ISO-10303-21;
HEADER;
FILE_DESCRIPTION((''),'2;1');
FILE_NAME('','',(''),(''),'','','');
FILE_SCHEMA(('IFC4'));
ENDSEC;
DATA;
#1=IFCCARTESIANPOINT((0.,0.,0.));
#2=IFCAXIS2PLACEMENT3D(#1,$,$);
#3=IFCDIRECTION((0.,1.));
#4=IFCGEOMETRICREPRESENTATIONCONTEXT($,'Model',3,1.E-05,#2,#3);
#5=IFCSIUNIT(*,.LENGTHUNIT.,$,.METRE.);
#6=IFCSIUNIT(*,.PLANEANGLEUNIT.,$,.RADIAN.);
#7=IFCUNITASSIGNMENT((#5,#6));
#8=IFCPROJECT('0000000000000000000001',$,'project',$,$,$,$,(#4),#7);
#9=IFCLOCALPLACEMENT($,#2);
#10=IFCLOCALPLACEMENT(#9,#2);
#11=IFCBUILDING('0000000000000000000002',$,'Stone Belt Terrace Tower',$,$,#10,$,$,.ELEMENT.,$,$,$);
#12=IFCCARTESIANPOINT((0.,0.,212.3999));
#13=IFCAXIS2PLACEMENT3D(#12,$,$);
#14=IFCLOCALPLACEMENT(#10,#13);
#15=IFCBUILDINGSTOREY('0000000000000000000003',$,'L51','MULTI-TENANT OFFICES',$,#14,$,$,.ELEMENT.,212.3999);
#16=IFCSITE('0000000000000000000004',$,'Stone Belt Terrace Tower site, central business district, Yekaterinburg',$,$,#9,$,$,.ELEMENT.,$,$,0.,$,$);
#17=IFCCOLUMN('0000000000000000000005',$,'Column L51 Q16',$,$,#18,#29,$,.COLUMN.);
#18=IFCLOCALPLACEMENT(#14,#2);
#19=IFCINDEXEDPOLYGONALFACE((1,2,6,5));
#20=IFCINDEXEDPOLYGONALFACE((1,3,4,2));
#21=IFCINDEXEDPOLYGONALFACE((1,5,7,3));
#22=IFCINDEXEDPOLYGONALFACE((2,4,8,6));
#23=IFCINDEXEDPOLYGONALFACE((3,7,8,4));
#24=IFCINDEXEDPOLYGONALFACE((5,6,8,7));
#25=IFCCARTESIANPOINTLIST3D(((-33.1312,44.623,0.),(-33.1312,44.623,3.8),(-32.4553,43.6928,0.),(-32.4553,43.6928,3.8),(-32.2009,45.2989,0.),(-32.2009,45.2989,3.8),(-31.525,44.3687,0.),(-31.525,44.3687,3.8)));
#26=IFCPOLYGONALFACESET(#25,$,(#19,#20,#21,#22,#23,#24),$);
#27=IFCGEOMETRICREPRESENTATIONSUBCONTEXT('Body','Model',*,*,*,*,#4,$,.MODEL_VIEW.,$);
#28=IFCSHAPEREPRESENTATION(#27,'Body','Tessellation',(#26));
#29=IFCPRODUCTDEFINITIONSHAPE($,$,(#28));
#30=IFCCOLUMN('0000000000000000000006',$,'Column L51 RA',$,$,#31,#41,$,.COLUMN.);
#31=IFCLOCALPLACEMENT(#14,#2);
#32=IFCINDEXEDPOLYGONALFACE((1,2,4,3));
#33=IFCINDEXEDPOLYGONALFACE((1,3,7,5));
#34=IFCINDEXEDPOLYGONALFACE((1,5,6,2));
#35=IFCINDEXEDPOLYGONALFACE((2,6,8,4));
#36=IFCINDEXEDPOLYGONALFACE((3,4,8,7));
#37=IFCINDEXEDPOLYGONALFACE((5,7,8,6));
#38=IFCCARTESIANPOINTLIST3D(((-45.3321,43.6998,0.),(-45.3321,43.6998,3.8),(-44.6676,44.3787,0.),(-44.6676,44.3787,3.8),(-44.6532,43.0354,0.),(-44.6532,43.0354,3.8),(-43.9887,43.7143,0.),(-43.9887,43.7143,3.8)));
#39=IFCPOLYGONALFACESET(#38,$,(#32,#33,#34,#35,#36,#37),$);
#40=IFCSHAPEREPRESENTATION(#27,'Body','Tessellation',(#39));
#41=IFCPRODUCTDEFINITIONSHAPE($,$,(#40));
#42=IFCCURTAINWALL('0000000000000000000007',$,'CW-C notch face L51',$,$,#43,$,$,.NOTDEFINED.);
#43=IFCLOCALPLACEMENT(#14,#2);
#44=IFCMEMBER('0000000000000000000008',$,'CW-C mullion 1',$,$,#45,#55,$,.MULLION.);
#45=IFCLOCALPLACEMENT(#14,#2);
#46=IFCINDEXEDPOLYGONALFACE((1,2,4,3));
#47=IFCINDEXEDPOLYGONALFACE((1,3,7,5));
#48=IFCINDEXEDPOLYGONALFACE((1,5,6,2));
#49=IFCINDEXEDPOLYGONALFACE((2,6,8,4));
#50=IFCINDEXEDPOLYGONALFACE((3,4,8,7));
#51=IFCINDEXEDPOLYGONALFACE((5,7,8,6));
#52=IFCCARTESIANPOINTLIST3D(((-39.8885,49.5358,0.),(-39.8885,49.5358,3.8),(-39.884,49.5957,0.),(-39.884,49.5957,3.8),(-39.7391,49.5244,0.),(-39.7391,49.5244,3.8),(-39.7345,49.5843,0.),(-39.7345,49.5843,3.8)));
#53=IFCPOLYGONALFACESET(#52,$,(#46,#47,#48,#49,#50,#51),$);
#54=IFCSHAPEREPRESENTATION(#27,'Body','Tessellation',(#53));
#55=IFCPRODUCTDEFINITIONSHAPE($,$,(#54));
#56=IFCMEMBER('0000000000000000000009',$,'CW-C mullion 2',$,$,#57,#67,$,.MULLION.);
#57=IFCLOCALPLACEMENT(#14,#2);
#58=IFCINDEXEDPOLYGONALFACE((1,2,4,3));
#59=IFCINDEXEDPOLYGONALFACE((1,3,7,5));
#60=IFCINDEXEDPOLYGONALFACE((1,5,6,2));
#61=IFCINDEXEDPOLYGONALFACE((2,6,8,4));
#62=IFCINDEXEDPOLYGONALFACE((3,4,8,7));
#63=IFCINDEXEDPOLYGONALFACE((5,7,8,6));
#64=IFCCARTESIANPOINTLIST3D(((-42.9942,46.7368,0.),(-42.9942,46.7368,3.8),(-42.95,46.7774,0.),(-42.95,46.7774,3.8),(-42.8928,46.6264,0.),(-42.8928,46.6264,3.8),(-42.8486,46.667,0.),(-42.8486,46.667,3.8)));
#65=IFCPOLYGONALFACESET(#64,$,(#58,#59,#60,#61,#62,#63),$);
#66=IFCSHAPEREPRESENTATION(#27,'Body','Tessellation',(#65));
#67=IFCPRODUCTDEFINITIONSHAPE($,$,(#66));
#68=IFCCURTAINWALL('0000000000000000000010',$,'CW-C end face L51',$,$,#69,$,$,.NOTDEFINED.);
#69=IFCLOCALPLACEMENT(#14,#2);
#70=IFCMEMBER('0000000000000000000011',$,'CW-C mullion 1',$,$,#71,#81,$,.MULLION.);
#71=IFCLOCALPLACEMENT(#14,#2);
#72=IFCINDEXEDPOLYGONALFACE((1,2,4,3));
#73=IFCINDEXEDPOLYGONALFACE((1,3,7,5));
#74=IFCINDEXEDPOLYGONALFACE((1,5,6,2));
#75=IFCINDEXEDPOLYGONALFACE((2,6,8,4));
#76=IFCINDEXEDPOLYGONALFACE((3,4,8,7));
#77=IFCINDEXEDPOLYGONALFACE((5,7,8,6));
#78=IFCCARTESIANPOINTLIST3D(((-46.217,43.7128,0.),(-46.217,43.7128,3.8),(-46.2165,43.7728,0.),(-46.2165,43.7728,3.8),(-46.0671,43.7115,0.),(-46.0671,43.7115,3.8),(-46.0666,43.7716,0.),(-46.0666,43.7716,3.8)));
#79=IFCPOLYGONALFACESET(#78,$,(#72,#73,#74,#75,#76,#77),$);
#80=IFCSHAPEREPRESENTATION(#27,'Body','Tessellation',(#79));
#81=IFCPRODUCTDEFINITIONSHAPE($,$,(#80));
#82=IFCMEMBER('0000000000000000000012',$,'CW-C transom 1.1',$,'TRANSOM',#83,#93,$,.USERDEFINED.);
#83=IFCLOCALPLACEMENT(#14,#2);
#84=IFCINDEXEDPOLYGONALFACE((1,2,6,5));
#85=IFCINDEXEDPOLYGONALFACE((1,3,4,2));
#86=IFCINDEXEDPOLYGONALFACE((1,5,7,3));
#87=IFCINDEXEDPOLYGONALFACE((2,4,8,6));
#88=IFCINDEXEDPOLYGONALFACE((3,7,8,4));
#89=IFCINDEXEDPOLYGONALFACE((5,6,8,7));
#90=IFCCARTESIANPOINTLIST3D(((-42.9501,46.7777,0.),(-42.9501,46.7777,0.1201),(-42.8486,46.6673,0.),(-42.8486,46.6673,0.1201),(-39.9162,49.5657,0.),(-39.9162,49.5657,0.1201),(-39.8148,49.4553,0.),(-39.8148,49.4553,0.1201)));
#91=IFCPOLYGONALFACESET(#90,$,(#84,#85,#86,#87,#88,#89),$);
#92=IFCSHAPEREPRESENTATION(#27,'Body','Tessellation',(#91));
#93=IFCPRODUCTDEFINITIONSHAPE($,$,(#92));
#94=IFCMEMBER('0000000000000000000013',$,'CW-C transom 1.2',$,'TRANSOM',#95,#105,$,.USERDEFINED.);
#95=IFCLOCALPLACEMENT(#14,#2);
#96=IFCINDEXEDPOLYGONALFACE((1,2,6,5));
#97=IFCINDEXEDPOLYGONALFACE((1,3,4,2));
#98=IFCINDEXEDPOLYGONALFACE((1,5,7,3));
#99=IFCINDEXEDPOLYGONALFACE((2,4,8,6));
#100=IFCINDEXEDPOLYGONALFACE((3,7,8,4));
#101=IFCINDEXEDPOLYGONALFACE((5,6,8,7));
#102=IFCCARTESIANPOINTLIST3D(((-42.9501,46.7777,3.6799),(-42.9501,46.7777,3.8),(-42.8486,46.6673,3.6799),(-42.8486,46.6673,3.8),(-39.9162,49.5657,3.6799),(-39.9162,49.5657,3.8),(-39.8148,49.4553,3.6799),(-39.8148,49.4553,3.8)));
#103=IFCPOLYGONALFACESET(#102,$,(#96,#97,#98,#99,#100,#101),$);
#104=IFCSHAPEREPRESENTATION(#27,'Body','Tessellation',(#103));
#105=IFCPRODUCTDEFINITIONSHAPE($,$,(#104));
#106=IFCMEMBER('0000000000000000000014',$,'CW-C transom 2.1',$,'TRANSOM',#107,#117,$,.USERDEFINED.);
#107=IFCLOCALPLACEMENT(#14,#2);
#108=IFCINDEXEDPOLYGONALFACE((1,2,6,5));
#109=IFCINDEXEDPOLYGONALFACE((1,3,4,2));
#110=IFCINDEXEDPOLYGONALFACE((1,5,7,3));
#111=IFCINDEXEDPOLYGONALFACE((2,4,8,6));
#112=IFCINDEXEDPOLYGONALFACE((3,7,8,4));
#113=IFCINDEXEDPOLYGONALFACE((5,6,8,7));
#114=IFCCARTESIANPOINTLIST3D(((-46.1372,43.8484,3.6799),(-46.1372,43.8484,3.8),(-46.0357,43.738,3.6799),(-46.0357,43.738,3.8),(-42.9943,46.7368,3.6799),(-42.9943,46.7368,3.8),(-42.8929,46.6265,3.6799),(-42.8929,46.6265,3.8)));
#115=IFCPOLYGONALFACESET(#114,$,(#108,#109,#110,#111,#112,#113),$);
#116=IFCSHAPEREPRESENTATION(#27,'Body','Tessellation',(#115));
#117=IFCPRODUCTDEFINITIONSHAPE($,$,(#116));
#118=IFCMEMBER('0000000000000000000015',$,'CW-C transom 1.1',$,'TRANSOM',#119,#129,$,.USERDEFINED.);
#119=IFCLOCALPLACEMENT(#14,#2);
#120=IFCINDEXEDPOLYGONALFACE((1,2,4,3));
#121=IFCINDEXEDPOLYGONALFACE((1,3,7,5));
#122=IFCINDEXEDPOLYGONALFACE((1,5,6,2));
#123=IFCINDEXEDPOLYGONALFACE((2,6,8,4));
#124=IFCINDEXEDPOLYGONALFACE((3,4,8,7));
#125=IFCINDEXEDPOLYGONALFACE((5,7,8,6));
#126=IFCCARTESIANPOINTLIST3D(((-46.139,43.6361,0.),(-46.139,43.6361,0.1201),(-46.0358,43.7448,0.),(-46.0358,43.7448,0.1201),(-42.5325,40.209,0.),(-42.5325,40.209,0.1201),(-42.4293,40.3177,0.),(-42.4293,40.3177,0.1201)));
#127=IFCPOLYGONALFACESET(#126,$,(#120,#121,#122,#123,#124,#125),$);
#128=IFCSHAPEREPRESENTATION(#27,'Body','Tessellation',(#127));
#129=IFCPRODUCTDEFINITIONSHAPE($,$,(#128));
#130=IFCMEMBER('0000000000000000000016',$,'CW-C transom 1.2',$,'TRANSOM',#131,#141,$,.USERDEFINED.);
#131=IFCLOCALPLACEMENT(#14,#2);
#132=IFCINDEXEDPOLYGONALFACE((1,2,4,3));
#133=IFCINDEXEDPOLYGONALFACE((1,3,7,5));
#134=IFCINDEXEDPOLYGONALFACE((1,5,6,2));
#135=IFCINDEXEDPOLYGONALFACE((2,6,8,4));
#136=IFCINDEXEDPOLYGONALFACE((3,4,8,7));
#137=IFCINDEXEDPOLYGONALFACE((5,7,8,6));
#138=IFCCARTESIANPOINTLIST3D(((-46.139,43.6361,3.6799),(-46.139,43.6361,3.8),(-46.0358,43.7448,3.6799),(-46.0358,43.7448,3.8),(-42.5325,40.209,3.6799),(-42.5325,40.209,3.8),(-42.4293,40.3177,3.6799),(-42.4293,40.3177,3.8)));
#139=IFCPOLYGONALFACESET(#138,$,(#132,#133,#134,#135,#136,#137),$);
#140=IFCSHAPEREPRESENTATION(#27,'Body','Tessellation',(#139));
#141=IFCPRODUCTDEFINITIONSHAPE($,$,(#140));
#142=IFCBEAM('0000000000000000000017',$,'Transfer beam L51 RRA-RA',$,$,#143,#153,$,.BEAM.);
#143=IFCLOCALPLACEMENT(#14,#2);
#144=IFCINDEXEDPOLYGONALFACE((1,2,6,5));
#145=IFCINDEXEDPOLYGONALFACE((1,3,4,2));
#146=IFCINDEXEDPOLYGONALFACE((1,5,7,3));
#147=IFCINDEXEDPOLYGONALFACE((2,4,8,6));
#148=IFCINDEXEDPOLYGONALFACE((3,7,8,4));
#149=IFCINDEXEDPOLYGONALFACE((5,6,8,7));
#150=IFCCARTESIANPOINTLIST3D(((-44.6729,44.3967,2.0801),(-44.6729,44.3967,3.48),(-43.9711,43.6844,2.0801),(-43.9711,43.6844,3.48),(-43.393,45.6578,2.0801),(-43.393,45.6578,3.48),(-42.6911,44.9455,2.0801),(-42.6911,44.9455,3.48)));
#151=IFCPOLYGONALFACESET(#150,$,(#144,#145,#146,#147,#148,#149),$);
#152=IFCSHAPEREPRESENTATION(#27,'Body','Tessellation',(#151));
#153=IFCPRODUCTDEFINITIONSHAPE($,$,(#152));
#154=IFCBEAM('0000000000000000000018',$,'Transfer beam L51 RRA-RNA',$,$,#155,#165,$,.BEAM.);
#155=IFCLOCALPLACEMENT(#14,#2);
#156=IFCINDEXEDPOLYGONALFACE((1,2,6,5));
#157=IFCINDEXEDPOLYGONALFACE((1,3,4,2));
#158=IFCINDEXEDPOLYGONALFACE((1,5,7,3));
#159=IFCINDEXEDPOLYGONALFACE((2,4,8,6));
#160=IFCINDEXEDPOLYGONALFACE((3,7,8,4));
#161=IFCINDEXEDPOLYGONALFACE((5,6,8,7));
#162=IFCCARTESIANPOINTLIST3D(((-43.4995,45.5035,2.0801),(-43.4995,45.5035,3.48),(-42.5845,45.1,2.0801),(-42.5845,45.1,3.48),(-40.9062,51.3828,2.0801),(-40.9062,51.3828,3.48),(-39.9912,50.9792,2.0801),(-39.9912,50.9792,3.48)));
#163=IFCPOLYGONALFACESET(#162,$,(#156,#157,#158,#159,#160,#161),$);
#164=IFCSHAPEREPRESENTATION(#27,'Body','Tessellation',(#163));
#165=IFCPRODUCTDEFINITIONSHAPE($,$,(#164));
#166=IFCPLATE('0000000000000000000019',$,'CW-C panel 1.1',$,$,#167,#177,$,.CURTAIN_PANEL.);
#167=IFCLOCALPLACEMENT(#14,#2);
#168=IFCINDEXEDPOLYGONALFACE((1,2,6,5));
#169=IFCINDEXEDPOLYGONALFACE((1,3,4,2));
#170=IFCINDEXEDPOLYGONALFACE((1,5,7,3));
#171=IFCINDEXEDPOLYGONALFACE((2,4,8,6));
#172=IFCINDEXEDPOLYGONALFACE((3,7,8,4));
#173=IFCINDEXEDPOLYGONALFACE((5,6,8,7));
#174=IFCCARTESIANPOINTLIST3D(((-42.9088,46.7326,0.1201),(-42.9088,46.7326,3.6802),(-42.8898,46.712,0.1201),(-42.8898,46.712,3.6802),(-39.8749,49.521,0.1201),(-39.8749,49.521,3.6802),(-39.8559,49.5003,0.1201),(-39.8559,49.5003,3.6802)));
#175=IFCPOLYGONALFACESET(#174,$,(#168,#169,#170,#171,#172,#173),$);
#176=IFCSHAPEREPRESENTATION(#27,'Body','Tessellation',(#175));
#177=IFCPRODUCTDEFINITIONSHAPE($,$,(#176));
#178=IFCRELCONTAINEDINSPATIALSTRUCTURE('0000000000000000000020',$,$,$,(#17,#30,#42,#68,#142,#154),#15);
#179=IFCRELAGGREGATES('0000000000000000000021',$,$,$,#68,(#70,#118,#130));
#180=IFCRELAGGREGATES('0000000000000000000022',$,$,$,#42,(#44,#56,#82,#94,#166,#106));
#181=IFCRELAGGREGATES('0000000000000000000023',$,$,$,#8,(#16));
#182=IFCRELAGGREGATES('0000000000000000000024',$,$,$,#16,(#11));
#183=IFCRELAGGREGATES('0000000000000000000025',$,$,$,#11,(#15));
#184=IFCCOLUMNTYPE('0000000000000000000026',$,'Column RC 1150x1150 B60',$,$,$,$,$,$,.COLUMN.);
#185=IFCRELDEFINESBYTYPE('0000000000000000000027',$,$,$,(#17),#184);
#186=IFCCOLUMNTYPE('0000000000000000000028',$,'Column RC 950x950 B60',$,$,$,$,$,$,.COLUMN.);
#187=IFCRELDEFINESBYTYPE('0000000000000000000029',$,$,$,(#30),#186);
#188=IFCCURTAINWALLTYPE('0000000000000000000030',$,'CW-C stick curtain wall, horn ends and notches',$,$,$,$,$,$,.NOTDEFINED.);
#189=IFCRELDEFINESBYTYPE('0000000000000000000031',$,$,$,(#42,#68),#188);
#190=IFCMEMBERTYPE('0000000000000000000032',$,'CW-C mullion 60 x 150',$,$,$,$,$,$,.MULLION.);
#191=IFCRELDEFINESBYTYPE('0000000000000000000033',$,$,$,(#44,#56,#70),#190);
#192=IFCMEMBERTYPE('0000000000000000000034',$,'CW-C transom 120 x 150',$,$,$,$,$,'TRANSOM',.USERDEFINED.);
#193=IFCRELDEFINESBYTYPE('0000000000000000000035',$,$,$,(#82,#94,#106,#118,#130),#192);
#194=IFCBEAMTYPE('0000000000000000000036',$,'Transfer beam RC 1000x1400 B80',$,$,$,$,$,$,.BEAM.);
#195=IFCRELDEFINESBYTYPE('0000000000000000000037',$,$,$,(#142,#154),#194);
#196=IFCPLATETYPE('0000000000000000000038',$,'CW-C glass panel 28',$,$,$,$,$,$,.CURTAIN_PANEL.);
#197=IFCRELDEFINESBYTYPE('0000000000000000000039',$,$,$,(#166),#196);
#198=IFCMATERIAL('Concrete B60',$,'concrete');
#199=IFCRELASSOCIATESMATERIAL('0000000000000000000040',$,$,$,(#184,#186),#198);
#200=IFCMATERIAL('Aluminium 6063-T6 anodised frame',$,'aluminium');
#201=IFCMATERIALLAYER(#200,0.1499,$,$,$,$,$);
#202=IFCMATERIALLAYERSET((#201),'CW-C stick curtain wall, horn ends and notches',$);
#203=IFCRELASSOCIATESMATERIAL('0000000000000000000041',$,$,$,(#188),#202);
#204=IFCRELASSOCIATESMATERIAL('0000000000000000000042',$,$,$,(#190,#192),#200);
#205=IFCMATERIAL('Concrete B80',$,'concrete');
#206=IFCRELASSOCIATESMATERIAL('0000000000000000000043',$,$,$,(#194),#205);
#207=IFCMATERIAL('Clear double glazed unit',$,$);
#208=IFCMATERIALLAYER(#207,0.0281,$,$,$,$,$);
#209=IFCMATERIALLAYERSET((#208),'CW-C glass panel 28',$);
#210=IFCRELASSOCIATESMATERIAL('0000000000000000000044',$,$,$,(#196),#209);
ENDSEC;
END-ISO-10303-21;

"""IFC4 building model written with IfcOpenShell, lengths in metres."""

from ifc_helpers import new_model, si_unit, direction, frame, origin, origin_2d, place, context, subcontext, project, spatial, rectangle, extrude, material, layer, layer_set, material_profile, profile_set, type_object, element, aggregate, save


model = new_model("IFC4")

# Units and contexts
model_context = context("Model", 3, precision=1e-05, world=origin(), true_north=direction((0.0, 1.0)))
body_context = subcontext(model_context, "Body", "Model", "MODEL_VIEW")
ifc_project = project(units=[si_unit("LENGTHUNIT", "METRE"), si_unit("PLANEANGLEUNIT", "RADIAN")], contexts=[model_context])

# Site, building, storey
site_placement = place(None, origin())
site = spatial("IfcSite", under=ifc_project, at=site_placement, Name="Stone Belt Terrace Tower site, central business district, Yekaterinburg", CompositionType="ELEMENT", RefElevation=0.0)
building_placement = place(site_placement, origin())
building = spatial("IfcBuilding", under=site, at=building_placement, Name="Stone Belt Terrace Tower", CompositionType="ELEMENT")
storey_placement = place(building_placement, frame((0.0, 0.0, 212.3999)))
storey = spatial("IfcBuildingStorey", under=building, at=storey_placement, Name="L51", Description="MULTI-TENANT OFFICES", CompositionType="ELEMENT", Elevation=212.3999)

# Columns
ifc_material_1 = material(Name="Concrete B60", Category="concrete")
ifc_material_profile_1 = material_profile(ifc_material_1, rectangle(XDim=1.1499, YDim=1.1499, at=origin_2d()), Name="RC 1150x1150")
ifc_profile_set_1 = profile_set([ifc_material_profile_1], Name="Concrete B60")
column_type_1 = type_object("IfcColumnType", Name="Column RC 1150x1150 B60", PredefinedType="COLUMN", material=ifc_profile_set_1)
column_1_placement = place(storey_placement, frame((-32.3281, 44.4958, 0.0), z_axis=(0.0, 0.0, 1.0), x_axis=(0.809017, 0.587785, 0.0)))
element("IfcColumn", 1, at=column_1_placement, inside=storey, type_object=column_type_1, Name="Column L51 Q16", PredefinedType="COLUMN", context=body_context, shape_type="SweptSolid", body=[
    extrude(rectangle(XDim=1.1499, YDim=1.1499, at=origin_2d()), origin(), (0.0, 0.0, 1.0), 3.8),
])
ifc_material_profile_2 = material_profile(ifc_material_1, rectangle(XDim=0.95, YDim=0.95, at=origin_2d()), Name="RC 950x950")
ifc_profile_set_2 = profile_set([ifc_material_profile_2], Name="Concrete B60")
column_type_2 = type_object("IfcColumnType", Name="Column RC 950x950 B60", PredefinedType="COLUMN", material=ifc_profile_set_2)
column_2_placement = place(storey_placement, frame((-44.6604, 43.707, 0.0), z_axis=(0.0, 0.0, 1.0), x_axis=(0.699438, 0.714694, 0.0)))
element("IfcColumn", 2, at=column_2_placement, inside=storey, type_object=column_type_2, Name="Column L51 RA", PredefinedType="COLUMN", context=body_context, shape_type="SweptSolid", body=[
    extrude(rectangle(XDim=0.95, YDim=0.95, at=origin_2d()), origin(), (0.0, 0.0, 1.0), 3.8),
])

# Curtain wall, members
ifc_material_2 = material(Name="Aluminium 6063-T6 anodised frame", Category="aluminium")
ifc_layer_1 = layer(ifc_material_2, 0.1499)
ifc_layer_set_1 = layer_set([ifc_layer_1], Name="CW-C stick curtain wall, horn ends and notches")
curtain_wall_type = type_object("IfcCurtainWallType", Name="CW-C stick curtain wall, horn ends and notches", PredefinedType="NOTDEFINED", material=ifc_layer_set_1)
curtain_wall_1_placement = place(storey_placement, origin())
curtain_wall_1 = element("IfcCurtainWall", 3, at=curtain_wall_1_placement, inside=storey, type_object=curtain_wall_type, Name="CW-C notch face L51", PredefinedType="NOTDEFINED")
ifc_material_profile_3 = material_profile(ifc_material_2, rectangle(XDim=0.1499, YDim=0.0601, at=origin_2d()), Name="Aluminium 6063-T6 60x150")
ifc_profile_set_3 = profile_set([ifc_material_profile_3], Name="Aluminium 6063-T6 anodised frame")
member_type_1 = type_object("IfcMemberType", Name="CW-C mullion 60 x 150", PredefinedType="MULLION", material=ifc_profile_set_3)
member_1_placement = place(storey_placement, frame((-39.8115, 49.5601, 0.0), z_axis=(0.0, 0.0, 1.0), x_axis=(0.997114, -0.07592, 0.0)))
member_1 = element("IfcMember", 4, at=member_1_placement, type_object=member_type_1, Name="CW-C mullion 1", PredefinedType="MULLION", context=body_context, shape_type="SweptSolid", body=[
    extrude(rectangle(XDim=0.1499, YDim=0.0601, at=origin_2d()), origin(), (0.0, 0.0, 1.0), 3.8),
])
member_2_placement = place(storey_placement, frame((-42.9214, 46.7019, 0.0), z_axis=(0.0, 0.0, 1.0), x_axis=(0.676677, -0.73628, 0.0)))
member_2 = element("IfcMember", 5, at=member_2_placement, type_object=member_type_1, Name="CW-C mullion 2", PredefinedType="MULLION", context=body_context, shape_type="SweptSolid", body=[
    extrude(rectangle(XDim=0.1499, YDim=0.0601, at=origin_2d()), origin(), (0.0, 0.0, 1.0), 3.8),
])

# Curtain wall, member
curtain_wall_2_placement = place(storey_placement, origin())
curtain_wall_2 = element("IfcCurtainWall", 6, at=curtain_wall_2_placement, inside=storey, type_object=curtain_wall_type, Name="CW-C end face L51", PredefinedType="NOTDEFINED")
member_3_placement = place(storey_placement, frame((-46.1418, 43.7422, 0.0), z_axis=(0.0, 0.0, 1.0), x_axis=(0.999965, -0.008324, 0.0)))
member_3 = element("IfcMember", 7, at=member_3_placement, type_object=member_type_1, Name="CW-C mullion 1", PredefinedType="MULLION", context=body_context, shape_type="SweptSolid", body=[
    extrude(rectangle(XDim=0.1499, YDim=0.0601, at=origin_2d()), origin(), (0.0, 0.0, 1.0), 3.8),
])

# Members
ifc_material_profile_4 = material_profile(ifc_material_2, rectangle(XDim=0.1499, YDim=0.1201, at=origin_2d()), Name="Aluminium 6063-T6 150x120")
ifc_profile_set_4 = profile_set([ifc_material_profile_4], Name="Aluminium 6063-T6 anodised frame")
member_type_2 = type_object("IfcMemberType", Name="CW-C transom 120 x 150", ElementType="TRANSOM", PredefinedType="USERDEFINED", material=ifc_profile_set_4)
member_4_placement = place(storey_placement, frame((-39.8655, 49.5105, 0.0601), z_axis=(-0.73631, -0.676644, 0.0), x_axis=(0.676644, -0.73631, 0.0)))
member_4 = element("IfcMember", 8, at=member_4_placement, type_object=member_type_2, Name="CW-C transom 1.1", ObjectType="TRANSOM", PredefinedType="USERDEFINED", context=body_context, shape_type="SweptSolid", body=[
    extrude(rectangle(XDim=0.1499, YDim=0.1201, at=origin_2d()), origin(), (0.0, 0.0, 1.0), 4.1204),
])
member_5_placement = place(storey_placement, frame((-39.8655, 49.5105, 3.74), z_axis=(-0.73631, -0.676644, 0.0), x_axis=(0.676644, -0.73631, 0.0)))
member_5 = element("IfcMember", 9, at=member_5_placement, type_object=member_type_2, Name="CW-C transom 1.2", ObjectType="TRANSOM", PredefinedType="USERDEFINED", context=body_context, shape_type="SweptSolid", body=[
    extrude(rectangle(XDim=0.1499, YDim=0.1201, at=origin_2d()), origin(), (0.0, 0.0, 1.0), 4.1204),
])
member_6_placement = place(storey_placement, frame((-42.9436, 46.6816, 3.74), z_axis=(-0.736277, -0.67668, 0.0), x_axis=(0.67668, -0.736277, 0.0)))
member_6 = element("IfcMember", 10, at=member_6_placement, type_object=member_type_2, Name="CW-C transom 2.1", ObjectType="TRANSOM", PredefinedType="USERDEFINED", context=body_context, shape_type="SweptSolid", body=[
    extrude(rectangle(XDim=0.1499, YDim=0.1201, at=origin_2d()), origin(), (0.0, 0.0, 1.0), 4.2686),
])
member_7_placement = place(storey_placement, frame((-46.0874, 43.6904, 0.0601), z_axis=(0.724911, -0.688842, 0.0), x_axis=(0.688842, 0.724911, 0.0)))
member_7 = element("IfcMember", 11, at=member_7_placement, type_object=member_type_2, Name="CW-C transom 1.1", ObjectType="TRANSOM", PredefinedType="USERDEFINED", context=body_context, shape_type="SweptSolid", body=[
    extrude(rectangle(XDim=0.1499, YDim=0.1201, at=origin_2d()), origin(), (0.0, 0.0, 1.0), 4.9751),
])
member_8_placement = place(storey_placement, frame((-46.0874, 43.6904, 3.74), z_axis=(0.724911, -0.688842, 0.0), x_axis=(0.688842, 0.724911, 0.0)))
member_8 = element("IfcMember", 12, at=member_8_placement, type_object=member_type_2, Name="CW-C transom 1.2", ObjectType="TRANSOM", PredefinedType="USERDEFINED", context=body_context, shape_type="SweptSolid", body=[
    extrude(rectangle(XDim=0.1499, YDim=0.1201, at=origin_2d()), origin(), (0.0, 0.0, 1.0), 4.9751),
])
aggregate(curtain_wall_2, [member_3, member_7, member_8])

# Beams
ifc_material_3 = material(Name="Concrete B80", Category="concrete")
ifc_material_profile_5 = material_profile(ifc_material_3, rectangle(XDim=1.0, YDim=1.3999, at=origin_2d()), Name="RC 1000x1400")
ifc_profile_set_5 = profile_set([ifc_material_profile_5], Name="Concrete B80")
beam_type = type_object("IfcBeamType", Name="Transfer beam RC 1000x1400 B80", PredefinedType="BEAM", material=ifc_profile_set_5)
beam_1_placement = place(storey_placement, frame((-44.322, 44.0405, 2.78), z_axis=(0.712318, 0.701857, 0.0), x_axis=(-0.701857, 0.712318, 0.0)))
element("IfcBeam", 13, at=beam_1_placement, inside=storey, type_object=beam_type, Name="Transfer beam L51 RRA-RA", PredefinedType="BEAM", context=body_context, shape_type="SweptSolid", body=[
    extrude(rectangle(XDim=1.0, YDim=1.3999, at=origin_2d()), origin(), (0.0, 0.0, 1.0), 1.7969),
])
beam_2_placement = place(storey_placement, frame((-43.042, 45.3018, 2.78), z_axis=(0.403578, 0.914945, 0.0), x_axis=(-0.914945, 0.403578, 0.0)))
element("IfcBeam", 14, at=beam_2_placement, inside=storey, type_object=beam_type, Name="Transfer beam L51 RRA-RNA", PredefinedType="BEAM", context=body_context, shape_type="SweptSolid", body=[
    extrude(rectangle(XDim=1.0, YDim=1.3999, at=origin_2d()), origin(), (0.0, 0.0, 1.0), 6.4258),
])

# Plate
ifc_material_4 = material(Name="Clear double glazed unit")
ifc_layer_2 = layer(ifc_material_4, 0.0281)
ifc_layer_set_2 = layer_set([ifc_layer_2], Name="CW-C glass panel 28")
plate_type = type_object("IfcPlateType", Name="CW-C glass panel 28", PredefinedType="CURTAIN_PANEL", material=ifc_layer_set_2)
plate_1_placement = place(storey_placement, frame((-41.3823, 48.1165, 0.1201), z_axis=(0.0, 0.0, 1.0), x_axis=(-0.73628, -0.676677, 0.0)))
plate_1 = element("IfcPlate", 15, at=plate_1_placement, type_object=plate_type, Name="CW-C panel 1.1", PredefinedType="CURTAIN_PANEL", context=body_context, shape_type="SweptSolid", body=[
    extrude(rectangle(XDim=4.1206, YDim=0.0281, at=origin_2d()), origin(), (0.0, 0.0, 1.0), 3.5601),
])
aggregate(curtain_wall_1, [member_1, member_2, member_4, member_5, plate_1, member_6])

save(model, "model.ifc")
